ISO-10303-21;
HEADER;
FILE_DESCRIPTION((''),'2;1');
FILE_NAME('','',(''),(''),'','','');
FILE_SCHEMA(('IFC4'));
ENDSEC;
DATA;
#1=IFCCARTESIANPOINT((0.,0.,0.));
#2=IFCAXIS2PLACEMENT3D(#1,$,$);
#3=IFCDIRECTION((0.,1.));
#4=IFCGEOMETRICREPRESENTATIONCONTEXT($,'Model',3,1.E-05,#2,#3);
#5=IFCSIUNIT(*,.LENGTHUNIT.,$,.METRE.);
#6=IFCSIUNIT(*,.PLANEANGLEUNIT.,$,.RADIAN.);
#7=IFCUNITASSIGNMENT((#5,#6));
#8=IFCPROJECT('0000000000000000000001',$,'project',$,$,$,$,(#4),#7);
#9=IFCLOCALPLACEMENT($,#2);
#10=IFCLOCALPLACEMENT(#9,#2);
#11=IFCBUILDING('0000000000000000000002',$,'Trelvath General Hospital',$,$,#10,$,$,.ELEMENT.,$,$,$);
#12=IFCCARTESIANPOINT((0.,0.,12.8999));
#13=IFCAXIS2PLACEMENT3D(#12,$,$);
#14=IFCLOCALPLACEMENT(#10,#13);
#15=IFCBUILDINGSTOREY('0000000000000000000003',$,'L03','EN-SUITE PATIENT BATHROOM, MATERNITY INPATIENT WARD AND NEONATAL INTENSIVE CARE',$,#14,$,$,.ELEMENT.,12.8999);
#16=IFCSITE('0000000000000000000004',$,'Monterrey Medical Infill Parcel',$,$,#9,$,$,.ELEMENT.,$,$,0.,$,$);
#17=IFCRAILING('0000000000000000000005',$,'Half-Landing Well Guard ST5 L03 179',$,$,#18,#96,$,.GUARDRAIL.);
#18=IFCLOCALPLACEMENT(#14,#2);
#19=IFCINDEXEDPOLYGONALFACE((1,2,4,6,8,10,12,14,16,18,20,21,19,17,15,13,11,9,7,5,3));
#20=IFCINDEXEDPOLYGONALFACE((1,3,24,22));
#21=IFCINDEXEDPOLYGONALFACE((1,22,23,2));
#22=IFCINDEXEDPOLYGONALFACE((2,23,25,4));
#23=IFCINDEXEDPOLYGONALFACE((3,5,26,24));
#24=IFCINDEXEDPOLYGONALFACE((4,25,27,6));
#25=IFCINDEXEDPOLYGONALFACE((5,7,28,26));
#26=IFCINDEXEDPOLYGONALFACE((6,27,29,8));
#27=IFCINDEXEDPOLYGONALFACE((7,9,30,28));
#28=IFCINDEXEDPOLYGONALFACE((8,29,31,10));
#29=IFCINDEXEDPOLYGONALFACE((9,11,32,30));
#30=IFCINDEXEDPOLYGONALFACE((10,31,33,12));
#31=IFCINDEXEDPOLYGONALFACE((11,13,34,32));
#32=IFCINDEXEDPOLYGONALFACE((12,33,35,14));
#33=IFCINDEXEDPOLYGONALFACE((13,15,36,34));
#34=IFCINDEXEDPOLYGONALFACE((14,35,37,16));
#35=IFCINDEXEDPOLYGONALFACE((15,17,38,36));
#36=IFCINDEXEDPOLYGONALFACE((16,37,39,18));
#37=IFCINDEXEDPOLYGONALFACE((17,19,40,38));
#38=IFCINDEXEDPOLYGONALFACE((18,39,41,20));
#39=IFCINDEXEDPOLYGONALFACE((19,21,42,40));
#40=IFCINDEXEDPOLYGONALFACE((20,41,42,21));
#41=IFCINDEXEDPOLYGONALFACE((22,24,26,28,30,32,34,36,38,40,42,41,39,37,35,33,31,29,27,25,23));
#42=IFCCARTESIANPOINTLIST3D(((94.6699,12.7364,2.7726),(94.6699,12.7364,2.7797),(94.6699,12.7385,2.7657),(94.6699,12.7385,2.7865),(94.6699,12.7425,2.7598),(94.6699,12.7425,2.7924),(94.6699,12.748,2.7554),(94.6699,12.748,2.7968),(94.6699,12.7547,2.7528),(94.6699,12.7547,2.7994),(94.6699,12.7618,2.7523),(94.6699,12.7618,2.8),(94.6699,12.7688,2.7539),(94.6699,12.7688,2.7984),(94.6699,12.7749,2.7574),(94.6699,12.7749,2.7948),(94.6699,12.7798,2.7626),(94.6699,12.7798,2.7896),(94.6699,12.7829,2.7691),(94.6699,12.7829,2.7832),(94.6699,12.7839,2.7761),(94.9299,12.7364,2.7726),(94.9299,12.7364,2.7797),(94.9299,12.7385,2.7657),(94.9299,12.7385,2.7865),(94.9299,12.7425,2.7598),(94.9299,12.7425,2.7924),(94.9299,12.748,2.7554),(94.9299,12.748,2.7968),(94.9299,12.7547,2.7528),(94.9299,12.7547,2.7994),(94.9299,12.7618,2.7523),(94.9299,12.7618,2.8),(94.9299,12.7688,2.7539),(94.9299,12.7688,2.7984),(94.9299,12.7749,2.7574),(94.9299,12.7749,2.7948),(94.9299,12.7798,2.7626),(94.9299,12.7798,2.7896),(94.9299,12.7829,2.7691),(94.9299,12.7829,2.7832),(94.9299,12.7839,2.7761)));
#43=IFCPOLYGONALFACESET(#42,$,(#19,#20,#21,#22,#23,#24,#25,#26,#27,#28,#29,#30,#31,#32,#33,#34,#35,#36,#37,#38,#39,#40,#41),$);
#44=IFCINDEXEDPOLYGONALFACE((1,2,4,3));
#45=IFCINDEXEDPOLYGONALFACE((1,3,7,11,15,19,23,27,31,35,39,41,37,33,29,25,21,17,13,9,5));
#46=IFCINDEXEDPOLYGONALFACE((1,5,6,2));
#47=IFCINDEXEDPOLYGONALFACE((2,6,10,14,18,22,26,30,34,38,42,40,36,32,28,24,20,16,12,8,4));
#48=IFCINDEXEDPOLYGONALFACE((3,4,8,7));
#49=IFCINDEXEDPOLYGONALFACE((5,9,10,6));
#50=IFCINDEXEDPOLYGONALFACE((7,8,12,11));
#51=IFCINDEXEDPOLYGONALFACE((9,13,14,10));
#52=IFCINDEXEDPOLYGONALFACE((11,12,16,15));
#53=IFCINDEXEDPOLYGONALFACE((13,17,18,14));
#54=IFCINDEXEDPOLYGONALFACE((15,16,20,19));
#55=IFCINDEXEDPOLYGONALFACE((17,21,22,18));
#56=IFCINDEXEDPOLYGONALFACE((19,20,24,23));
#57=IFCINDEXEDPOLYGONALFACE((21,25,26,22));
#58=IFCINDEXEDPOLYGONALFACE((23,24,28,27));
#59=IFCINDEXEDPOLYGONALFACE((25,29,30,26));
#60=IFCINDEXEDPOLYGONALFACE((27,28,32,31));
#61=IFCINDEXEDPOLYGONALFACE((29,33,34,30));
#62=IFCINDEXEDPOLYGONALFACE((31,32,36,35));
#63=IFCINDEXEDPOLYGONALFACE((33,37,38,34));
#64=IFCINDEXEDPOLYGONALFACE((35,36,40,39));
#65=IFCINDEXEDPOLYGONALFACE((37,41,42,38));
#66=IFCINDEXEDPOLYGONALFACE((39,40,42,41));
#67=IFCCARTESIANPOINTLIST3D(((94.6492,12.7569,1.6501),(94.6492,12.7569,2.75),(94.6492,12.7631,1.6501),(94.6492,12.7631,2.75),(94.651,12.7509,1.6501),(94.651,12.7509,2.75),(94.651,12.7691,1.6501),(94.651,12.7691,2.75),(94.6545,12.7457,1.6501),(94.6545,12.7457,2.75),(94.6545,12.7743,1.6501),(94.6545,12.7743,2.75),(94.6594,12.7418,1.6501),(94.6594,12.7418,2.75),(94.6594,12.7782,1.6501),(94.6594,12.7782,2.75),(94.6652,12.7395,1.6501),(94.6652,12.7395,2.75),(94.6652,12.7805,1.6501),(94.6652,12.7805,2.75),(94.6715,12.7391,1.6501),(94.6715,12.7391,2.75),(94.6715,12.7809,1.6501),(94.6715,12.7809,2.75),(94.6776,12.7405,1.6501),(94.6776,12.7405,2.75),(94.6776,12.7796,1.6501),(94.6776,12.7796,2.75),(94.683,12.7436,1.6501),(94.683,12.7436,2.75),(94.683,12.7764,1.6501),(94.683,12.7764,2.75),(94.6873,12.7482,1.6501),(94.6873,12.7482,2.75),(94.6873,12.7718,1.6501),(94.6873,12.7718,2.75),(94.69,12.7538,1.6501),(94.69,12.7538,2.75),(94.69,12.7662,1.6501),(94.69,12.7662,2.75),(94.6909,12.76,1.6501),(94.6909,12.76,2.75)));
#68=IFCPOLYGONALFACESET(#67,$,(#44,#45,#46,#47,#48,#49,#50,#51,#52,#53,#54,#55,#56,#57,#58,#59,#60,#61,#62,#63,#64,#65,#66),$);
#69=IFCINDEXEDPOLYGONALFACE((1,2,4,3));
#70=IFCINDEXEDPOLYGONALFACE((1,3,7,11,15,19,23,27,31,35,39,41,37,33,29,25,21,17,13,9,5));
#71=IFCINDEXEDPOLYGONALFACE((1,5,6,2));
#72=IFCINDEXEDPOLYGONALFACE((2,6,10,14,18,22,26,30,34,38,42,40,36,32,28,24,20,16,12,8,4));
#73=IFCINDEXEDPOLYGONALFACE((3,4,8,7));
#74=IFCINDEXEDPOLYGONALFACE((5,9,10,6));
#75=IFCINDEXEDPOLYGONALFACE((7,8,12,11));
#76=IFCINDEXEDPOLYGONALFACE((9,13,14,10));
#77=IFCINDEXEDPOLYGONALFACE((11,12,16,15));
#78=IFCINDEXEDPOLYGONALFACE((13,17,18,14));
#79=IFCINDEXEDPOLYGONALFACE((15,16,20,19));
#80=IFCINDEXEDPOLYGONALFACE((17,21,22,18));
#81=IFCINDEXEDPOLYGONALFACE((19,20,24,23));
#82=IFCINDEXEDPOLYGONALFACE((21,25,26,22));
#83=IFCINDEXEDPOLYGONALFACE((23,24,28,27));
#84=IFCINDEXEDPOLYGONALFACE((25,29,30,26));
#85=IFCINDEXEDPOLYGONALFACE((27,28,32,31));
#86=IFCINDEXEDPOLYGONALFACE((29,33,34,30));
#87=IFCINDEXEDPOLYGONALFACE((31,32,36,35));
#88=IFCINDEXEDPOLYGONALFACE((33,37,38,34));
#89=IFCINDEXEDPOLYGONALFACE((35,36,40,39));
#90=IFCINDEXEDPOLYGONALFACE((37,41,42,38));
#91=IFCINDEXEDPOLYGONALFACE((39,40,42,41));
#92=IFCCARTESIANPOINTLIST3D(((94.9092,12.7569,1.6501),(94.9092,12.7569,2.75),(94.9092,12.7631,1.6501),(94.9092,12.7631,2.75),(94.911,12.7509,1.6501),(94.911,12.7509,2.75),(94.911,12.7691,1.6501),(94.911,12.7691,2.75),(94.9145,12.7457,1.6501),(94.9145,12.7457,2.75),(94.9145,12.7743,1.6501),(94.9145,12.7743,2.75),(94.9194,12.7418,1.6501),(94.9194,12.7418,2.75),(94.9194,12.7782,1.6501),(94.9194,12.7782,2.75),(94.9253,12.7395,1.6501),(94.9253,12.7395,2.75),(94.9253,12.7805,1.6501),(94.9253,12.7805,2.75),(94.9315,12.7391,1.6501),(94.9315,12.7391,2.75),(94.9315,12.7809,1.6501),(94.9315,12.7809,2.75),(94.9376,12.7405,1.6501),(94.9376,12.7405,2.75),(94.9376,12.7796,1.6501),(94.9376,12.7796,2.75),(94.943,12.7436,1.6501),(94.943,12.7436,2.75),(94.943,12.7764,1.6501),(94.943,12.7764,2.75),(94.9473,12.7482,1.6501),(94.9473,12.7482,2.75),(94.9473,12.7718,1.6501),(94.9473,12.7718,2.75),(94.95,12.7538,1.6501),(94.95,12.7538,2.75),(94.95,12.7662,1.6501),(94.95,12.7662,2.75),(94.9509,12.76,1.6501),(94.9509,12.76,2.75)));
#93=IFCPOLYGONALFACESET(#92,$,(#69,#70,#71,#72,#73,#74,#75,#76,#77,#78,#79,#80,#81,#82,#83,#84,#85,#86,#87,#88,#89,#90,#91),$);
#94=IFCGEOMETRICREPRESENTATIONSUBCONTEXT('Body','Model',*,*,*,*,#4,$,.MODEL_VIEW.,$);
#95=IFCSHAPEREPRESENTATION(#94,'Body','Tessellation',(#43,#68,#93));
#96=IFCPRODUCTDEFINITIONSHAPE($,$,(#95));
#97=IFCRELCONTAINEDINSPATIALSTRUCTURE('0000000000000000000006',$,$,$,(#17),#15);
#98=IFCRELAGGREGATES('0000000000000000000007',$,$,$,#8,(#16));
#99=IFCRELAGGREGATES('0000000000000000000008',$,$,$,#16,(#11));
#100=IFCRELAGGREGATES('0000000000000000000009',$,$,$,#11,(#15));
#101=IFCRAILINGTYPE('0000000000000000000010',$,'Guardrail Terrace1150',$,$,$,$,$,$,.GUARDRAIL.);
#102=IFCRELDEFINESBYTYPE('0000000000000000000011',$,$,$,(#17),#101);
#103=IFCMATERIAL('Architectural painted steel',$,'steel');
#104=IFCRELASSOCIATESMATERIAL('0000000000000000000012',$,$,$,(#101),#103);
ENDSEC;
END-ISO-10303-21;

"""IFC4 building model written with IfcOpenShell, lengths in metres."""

from ifc_helpers import new_model, si_unit, direction, frame, origin, origin_2d, place, context, subcontext, project, spatial, circle, extrude, material, type_object, element, save


model = new_model("IFC4")

# Units and contexts
model_context = context("Model", 3, precision=1e-05, world=origin(), true_north=direction((0.0, 1.0)))
body_context = subcontext(model_context, "Body", "Model", "MODEL_VIEW")
ifc_project = project(units=[si_unit("LENGTHUNIT", "METRE"), si_unit("PLANEANGLEUNIT", "RADIAN")], contexts=[model_context])

# Site, building, storey
site_placement = place(None, origin())
site = spatial("IfcSite", under=ifc_project, at=site_placement, Name="Monterrey Medical Infill Parcel", CompositionType="ELEMENT", RefElevation=0.0)
building_placement = place(site_placement, origin())
building = spatial("IfcBuilding", under=site, at=building_placement, Name="Trelvath General Hospital", CompositionType="ELEMENT")
storey_placement = place(building_placement, frame((0.0, 0.0, 12.8999)))
storey = spatial("IfcBuildingStorey", under=building, at=storey_placement, Name="L03", Description="EN-SUITE PATIENT BATHROOM, MATERNITY INPATIENT WARD AND NEONATAL INTENSIVE CARE", CompositionType="ELEMENT", Elevation=12.8999)

# Railing
ifc_material_1 = material(Name="Architectural painted steel", Category="steel")
railing_type_1 = type_object("IfcRailingType", Name="Guardrail Terrace1150", PredefinedType="GUARDRAIL", material=ifc_material_1)
railing_1_placement = place(storey_placement, frame((94.6699, 12.76, 1.6501)))
element("IfcRailing", 1, at=railing_1_placement, inside=storey, type_object=railing_type_1, Name="Half-Landing Well Guard ST5 L03 179", PredefinedType="GUARDRAIL", context=body_context, shape_type="SweptSolid", body=[
    extrude(circle(Radius=0.0239, at=origin_2d()), frame((0.0, 0.0, 1.126), z_axis=(1.0, 0.0, 0.0), x_axis=(0.0, 1.0, 0.0)), (0.0, 0.0, 1.0), 0.26),
    extrude(circle(Radius=0.021, at=origin_2d()), origin(), (0.0, 0.0, 1.0), 1.0999),
    extrude(circle(Radius=0.021, at=origin_2d()), frame((0.26, 0.0, 0.0)), (0.0, 0.0, 1.0), 1.0999),
])

save(model, "model.ifc")
